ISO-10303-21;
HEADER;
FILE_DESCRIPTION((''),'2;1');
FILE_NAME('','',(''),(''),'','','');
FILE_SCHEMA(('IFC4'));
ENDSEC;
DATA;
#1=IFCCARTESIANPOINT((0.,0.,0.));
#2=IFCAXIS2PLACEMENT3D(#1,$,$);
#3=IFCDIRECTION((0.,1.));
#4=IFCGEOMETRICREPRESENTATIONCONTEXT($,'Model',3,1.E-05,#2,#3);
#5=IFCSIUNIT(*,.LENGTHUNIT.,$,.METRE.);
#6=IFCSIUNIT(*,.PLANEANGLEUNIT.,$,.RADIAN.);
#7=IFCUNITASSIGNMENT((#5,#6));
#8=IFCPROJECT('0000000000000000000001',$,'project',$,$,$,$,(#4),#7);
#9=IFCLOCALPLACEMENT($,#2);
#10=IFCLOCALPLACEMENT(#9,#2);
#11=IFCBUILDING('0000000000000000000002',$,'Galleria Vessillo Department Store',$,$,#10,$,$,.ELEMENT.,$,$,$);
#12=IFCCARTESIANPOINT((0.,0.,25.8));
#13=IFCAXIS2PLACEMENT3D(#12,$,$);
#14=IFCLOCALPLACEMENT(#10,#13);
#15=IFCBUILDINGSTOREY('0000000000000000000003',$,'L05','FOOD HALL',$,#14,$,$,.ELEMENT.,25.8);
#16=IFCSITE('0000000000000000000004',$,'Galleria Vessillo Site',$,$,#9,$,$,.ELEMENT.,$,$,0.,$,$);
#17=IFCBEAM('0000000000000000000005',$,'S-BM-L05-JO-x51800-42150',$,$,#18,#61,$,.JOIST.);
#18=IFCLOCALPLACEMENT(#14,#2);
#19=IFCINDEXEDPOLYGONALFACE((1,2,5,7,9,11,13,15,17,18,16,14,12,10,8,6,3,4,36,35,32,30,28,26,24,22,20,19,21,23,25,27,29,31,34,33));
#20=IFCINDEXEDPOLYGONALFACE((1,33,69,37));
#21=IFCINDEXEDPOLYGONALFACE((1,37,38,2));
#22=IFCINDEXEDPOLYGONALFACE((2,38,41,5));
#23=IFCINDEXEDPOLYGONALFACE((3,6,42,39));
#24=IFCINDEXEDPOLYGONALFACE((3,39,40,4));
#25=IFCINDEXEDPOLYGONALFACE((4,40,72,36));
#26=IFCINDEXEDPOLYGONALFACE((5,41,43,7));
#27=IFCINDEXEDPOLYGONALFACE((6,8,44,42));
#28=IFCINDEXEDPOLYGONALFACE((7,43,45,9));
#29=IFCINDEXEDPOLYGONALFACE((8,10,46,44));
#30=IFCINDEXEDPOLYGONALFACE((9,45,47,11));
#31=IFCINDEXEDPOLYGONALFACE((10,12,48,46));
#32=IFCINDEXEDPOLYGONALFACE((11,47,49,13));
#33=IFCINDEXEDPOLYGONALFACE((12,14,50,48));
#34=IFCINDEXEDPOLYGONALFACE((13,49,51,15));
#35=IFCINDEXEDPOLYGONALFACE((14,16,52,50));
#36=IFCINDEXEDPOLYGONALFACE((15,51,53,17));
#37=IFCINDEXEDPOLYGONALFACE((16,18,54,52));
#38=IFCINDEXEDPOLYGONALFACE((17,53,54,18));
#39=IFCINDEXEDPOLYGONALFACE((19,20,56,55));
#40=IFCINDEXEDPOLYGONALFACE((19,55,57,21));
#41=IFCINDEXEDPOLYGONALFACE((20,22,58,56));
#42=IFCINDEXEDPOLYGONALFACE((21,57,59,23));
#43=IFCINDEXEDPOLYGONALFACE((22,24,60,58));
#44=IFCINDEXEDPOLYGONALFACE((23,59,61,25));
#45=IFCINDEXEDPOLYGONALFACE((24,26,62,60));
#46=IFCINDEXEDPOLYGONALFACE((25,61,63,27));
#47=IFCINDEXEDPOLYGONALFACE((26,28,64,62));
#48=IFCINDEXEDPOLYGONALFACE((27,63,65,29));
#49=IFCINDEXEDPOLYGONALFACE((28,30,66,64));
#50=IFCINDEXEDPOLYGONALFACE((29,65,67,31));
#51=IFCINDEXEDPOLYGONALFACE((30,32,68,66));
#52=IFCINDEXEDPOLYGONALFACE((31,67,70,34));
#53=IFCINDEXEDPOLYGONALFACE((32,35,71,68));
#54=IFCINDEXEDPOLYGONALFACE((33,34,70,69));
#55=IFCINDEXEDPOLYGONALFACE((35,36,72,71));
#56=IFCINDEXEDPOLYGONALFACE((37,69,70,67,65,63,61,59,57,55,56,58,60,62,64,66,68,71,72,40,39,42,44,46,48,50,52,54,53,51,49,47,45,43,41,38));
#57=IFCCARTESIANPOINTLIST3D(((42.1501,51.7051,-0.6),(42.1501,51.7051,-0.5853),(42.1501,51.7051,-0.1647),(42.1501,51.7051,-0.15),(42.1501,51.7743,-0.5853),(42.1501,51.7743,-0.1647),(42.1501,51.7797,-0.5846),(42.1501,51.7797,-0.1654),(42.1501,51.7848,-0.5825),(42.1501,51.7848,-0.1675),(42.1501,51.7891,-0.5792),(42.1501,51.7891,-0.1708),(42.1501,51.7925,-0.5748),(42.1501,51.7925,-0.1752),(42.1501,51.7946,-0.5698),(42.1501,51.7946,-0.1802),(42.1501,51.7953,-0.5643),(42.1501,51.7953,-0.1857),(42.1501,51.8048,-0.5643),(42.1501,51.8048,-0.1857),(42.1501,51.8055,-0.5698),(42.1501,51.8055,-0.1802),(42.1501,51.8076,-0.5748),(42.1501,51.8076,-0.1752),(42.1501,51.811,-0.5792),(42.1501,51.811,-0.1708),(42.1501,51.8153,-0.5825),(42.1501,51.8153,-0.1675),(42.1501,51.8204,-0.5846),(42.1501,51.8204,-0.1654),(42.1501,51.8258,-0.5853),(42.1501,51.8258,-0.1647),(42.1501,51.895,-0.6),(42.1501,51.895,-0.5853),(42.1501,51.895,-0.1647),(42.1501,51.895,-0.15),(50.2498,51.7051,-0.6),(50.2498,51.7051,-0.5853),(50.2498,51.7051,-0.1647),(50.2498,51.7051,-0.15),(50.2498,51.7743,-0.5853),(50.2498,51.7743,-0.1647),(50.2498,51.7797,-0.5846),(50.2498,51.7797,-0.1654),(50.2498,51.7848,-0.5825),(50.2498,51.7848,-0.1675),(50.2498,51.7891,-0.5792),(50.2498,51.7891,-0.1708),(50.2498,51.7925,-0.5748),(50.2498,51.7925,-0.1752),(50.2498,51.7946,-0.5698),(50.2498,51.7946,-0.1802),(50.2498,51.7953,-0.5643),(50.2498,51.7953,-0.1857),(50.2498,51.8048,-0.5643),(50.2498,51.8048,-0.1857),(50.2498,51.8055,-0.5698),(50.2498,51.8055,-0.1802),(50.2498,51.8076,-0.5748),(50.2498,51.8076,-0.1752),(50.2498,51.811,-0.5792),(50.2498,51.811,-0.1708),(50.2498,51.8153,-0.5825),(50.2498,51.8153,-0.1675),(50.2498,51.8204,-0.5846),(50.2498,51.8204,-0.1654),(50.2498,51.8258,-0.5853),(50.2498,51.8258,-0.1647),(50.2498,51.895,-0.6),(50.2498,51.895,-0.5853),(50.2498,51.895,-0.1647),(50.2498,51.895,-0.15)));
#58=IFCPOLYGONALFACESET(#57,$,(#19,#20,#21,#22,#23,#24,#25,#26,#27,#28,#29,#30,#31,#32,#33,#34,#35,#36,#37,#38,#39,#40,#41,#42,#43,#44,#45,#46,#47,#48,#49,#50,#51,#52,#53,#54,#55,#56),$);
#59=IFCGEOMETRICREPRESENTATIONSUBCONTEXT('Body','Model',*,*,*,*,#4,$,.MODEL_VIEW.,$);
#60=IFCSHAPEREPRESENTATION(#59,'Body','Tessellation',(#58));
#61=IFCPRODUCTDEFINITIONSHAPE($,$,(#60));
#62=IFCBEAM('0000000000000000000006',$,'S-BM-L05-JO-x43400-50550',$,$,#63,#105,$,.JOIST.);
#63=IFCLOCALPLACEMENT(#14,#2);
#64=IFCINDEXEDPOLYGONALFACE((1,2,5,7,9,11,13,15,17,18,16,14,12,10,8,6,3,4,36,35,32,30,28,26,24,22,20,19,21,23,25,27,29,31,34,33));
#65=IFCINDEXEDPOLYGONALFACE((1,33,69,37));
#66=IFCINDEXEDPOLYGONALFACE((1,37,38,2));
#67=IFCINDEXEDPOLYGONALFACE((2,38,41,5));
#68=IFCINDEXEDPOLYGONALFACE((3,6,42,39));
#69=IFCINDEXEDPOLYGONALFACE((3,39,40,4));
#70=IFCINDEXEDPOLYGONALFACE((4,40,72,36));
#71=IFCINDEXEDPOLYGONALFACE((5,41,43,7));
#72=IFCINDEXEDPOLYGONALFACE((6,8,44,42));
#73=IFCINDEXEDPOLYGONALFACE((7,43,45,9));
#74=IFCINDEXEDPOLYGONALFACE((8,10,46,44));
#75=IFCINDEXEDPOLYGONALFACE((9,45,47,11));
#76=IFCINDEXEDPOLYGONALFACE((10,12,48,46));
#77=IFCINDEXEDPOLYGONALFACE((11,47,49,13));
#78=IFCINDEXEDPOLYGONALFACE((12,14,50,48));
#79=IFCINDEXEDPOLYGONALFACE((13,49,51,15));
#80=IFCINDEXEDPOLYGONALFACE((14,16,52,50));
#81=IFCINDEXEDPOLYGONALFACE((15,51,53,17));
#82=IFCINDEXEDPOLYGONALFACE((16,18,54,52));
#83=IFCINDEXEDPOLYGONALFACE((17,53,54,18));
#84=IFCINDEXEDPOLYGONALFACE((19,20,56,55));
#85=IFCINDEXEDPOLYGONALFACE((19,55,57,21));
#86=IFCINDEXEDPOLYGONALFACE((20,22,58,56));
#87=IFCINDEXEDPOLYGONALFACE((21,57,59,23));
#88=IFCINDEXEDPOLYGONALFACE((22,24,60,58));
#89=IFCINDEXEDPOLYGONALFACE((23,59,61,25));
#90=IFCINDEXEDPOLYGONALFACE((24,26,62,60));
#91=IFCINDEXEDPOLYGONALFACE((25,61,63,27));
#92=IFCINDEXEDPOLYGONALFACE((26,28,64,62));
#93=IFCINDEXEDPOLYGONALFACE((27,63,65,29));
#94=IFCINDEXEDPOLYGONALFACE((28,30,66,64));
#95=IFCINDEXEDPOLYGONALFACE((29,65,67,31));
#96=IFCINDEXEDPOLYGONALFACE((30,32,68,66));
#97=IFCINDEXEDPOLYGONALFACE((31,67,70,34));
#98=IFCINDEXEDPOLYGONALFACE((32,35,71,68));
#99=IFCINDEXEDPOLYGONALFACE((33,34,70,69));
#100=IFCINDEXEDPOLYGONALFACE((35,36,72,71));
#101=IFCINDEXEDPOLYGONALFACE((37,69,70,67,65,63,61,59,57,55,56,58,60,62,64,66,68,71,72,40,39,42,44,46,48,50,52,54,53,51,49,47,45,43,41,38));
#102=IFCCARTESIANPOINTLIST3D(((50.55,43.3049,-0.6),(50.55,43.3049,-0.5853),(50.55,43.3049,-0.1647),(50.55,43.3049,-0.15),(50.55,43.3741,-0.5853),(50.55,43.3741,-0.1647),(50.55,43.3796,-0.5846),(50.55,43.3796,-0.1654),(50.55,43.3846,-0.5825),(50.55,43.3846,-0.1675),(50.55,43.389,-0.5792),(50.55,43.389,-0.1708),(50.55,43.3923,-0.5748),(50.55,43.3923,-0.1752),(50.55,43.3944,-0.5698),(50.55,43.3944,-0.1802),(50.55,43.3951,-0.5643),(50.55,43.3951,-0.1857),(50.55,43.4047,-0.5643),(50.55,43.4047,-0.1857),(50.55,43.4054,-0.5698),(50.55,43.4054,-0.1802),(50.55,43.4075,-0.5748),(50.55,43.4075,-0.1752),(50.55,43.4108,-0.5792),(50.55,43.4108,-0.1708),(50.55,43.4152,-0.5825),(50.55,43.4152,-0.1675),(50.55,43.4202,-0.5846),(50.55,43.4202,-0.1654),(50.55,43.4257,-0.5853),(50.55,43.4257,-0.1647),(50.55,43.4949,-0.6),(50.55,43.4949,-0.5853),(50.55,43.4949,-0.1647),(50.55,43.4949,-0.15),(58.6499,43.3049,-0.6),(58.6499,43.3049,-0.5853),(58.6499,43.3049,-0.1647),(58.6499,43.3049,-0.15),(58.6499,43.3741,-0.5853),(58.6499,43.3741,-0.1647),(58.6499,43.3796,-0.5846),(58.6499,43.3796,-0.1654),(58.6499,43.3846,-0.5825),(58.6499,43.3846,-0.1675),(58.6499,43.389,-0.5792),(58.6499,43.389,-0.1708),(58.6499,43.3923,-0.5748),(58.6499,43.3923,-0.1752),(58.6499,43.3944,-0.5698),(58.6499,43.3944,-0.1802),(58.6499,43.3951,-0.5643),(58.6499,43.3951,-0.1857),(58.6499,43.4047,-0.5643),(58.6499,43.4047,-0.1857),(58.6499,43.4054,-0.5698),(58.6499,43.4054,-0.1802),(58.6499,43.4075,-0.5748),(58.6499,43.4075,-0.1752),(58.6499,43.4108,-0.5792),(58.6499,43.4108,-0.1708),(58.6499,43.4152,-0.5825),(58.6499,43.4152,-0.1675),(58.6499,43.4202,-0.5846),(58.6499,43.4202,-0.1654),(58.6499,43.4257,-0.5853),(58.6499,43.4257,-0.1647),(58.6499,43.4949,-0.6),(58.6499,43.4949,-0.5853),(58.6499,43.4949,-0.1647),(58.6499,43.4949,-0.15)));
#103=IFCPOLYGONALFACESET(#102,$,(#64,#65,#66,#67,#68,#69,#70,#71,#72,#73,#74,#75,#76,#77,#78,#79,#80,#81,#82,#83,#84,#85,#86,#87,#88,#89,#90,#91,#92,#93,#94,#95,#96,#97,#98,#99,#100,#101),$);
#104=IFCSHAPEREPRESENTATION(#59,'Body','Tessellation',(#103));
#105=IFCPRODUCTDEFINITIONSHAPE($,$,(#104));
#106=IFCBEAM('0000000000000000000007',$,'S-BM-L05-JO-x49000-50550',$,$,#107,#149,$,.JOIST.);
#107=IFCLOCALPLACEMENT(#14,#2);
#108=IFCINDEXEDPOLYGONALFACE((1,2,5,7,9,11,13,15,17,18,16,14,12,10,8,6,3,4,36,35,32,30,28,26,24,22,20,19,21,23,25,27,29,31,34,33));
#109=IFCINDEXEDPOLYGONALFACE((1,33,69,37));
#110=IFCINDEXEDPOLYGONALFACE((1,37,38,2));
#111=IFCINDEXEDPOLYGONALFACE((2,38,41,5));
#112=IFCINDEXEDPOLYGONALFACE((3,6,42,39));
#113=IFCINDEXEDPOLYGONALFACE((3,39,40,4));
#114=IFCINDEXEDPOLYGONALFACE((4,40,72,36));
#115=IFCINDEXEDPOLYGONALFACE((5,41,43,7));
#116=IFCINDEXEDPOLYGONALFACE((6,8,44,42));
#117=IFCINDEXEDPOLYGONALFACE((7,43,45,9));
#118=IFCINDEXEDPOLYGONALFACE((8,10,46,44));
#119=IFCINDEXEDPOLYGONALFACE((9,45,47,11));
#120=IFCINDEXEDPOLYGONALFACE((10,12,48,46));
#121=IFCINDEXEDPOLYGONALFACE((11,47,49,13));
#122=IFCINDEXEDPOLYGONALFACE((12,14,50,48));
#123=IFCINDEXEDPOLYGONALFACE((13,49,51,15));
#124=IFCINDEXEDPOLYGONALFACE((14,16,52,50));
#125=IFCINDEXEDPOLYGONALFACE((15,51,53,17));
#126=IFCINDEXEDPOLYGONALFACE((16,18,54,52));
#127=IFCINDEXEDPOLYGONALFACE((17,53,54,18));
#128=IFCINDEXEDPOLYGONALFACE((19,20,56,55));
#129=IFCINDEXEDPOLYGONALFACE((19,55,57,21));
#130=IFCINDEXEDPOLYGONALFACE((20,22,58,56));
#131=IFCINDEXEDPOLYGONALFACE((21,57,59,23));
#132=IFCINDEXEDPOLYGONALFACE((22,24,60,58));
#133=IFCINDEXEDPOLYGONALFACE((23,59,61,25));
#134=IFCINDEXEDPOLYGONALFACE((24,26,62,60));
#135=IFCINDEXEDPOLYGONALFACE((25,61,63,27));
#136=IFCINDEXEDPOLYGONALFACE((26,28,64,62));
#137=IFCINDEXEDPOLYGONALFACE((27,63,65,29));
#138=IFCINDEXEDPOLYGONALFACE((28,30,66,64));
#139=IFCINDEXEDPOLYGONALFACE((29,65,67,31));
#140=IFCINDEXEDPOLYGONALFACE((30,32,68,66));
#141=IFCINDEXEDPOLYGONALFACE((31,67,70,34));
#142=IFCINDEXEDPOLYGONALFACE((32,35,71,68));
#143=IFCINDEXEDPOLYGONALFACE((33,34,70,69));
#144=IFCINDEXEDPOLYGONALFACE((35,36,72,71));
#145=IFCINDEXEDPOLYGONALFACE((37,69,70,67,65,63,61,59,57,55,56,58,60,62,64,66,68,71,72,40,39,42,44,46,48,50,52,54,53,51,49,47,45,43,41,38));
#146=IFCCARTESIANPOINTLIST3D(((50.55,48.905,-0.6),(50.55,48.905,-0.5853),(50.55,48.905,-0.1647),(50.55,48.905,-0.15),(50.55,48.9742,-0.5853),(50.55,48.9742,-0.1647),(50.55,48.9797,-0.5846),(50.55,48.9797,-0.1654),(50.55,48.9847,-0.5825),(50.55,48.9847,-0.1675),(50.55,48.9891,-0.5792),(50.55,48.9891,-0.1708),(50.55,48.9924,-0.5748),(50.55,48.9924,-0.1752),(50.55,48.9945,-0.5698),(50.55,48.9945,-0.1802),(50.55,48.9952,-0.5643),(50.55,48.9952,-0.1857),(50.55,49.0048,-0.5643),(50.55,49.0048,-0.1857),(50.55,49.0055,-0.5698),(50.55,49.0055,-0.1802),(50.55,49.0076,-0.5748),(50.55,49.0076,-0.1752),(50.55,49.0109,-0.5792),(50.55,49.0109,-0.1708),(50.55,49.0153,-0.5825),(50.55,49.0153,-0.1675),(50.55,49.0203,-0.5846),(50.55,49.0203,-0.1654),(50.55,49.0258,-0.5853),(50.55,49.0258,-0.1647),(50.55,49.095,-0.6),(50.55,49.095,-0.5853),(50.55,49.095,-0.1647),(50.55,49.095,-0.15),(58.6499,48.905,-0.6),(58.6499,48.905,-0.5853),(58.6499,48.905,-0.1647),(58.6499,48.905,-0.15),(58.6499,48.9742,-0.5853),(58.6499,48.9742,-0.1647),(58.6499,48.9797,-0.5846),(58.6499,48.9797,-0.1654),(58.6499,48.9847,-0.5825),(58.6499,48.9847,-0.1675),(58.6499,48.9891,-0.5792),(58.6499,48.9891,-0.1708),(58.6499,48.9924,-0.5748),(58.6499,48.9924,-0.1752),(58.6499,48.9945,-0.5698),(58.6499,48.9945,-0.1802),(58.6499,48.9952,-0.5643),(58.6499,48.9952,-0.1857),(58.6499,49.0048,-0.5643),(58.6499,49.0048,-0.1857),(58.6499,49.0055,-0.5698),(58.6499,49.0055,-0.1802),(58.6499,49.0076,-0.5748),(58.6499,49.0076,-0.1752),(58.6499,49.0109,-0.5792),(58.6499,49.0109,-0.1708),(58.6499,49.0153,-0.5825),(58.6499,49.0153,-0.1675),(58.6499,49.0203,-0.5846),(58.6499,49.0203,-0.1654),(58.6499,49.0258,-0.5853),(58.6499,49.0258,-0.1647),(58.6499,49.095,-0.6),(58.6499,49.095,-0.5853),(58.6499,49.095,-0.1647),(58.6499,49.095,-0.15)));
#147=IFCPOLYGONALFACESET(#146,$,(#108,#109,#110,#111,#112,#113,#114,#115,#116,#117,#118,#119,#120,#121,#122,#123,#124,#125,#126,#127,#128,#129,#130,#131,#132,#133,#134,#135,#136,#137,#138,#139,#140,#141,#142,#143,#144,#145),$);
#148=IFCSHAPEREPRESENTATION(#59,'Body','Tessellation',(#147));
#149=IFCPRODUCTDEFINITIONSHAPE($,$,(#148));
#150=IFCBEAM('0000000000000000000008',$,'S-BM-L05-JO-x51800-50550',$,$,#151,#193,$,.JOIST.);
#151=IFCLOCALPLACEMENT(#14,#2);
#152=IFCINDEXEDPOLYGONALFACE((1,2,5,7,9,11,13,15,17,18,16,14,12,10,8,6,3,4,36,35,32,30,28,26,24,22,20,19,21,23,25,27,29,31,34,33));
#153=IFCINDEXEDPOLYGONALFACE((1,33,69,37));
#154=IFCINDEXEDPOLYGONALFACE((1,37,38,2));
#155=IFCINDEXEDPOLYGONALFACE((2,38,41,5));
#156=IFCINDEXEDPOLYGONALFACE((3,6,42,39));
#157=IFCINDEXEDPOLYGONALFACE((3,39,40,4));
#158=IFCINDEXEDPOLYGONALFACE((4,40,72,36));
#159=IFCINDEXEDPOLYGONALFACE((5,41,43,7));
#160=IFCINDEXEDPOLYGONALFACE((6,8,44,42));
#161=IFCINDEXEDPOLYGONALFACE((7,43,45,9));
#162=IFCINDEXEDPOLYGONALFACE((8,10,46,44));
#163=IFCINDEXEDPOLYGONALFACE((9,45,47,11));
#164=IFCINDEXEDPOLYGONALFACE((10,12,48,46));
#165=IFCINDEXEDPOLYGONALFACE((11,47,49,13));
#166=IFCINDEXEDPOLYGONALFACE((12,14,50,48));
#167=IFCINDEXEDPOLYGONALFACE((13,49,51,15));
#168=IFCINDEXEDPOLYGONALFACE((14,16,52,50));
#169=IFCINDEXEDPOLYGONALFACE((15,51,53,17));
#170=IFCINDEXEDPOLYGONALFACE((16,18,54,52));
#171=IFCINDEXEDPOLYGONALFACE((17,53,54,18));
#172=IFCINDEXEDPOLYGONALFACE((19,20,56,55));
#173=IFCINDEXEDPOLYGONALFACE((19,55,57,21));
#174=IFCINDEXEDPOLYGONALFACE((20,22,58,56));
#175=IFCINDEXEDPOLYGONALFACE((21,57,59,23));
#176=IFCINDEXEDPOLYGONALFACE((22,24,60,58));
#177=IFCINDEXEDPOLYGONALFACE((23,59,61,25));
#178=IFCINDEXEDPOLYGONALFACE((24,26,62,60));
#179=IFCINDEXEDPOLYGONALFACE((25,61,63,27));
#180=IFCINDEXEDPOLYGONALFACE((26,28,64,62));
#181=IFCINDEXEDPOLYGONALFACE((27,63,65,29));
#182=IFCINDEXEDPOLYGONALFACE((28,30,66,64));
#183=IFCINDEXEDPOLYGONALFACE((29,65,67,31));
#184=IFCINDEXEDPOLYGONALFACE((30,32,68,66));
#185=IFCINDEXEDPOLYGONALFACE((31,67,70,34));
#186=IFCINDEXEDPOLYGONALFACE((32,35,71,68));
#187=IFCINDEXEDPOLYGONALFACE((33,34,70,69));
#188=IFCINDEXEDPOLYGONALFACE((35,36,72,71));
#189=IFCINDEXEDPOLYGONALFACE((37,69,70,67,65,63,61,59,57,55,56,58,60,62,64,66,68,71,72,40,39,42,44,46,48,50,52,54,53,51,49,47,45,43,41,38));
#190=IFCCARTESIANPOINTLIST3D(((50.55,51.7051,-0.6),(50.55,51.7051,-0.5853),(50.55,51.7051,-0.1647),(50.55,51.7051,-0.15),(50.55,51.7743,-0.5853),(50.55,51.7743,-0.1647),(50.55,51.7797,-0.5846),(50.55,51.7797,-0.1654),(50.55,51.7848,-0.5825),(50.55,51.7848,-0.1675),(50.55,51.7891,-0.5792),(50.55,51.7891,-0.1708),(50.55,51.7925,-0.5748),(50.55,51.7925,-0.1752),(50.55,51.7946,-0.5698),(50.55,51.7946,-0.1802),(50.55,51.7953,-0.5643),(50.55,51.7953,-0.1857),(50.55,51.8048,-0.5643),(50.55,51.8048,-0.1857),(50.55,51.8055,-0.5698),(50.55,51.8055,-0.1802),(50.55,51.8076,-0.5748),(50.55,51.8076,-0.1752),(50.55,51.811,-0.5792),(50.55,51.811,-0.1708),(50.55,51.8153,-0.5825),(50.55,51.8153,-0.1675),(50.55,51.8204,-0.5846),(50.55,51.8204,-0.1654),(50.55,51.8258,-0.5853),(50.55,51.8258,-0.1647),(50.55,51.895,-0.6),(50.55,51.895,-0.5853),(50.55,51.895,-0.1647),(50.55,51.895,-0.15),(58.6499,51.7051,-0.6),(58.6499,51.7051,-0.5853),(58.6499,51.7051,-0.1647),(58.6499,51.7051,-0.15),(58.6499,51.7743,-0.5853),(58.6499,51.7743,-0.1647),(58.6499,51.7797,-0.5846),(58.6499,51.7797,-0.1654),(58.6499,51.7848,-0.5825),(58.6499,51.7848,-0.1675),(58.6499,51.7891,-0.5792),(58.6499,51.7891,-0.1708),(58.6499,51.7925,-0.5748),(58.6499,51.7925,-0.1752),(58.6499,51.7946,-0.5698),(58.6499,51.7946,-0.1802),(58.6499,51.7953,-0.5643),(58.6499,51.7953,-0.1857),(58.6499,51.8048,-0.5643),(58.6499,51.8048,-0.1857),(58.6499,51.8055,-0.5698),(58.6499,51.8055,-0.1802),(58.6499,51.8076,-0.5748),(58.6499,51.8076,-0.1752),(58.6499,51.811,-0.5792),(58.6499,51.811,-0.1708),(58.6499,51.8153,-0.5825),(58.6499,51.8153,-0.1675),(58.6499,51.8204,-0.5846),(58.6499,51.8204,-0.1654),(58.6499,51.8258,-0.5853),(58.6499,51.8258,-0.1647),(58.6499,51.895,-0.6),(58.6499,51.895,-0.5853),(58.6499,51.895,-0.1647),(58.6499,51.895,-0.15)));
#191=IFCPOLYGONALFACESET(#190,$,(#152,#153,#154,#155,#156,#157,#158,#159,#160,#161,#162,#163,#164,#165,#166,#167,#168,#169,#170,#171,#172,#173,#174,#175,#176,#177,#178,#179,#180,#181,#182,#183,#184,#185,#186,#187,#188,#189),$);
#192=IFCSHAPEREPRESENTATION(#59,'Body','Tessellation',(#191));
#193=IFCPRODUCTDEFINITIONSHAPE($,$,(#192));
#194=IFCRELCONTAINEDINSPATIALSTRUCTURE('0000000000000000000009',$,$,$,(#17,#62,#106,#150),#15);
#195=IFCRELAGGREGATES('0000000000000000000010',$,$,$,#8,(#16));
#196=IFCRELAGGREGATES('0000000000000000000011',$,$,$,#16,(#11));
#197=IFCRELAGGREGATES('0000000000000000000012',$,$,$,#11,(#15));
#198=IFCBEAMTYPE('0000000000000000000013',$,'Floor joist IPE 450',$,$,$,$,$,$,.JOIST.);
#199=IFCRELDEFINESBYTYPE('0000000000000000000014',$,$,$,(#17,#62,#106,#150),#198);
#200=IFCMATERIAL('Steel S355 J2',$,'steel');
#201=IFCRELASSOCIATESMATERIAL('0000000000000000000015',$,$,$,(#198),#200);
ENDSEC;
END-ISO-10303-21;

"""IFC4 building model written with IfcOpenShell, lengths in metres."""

from ifc_helpers import new_model, si_unit, direction, frame, origin, origin_2d, place, context, subcontext, project, spatial, i_section, extrude, material, material_profile, profile_set, type_object, element, save


model = new_model("IFC4")

# Units and contexts
model_context = context("Model", 3, precision=1e-05, world=origin(), true_north=direction((0.0, 1.0)))
body_context = subcontext(model_context, "Body", "Model", "MODEL_VIEW")
ifc_project = project(units=[si_unit("LENGTHUNIT", "METRE"), si_unit("PLANEANGLEUNIT", "RADIAN")], contexts=[model_context])

# Site, building, storey
site_placement = place(None, origin())
site = spatial("IfcSite", under=ifc_project, at=site_placement, Name="Galleria Vessillo Site", CompositionType="ELEMENT", RefElevation=0.0)
building_placement = place(site_placement, origin())
building = spatial("IfcBuilding", under=site, at=building_placement, Name="Galleria Vessillo Department Store", CompositionType="ELEMENT")
storey_placement = place(building_placement, frame((0.0, 0.0, 25.8)))
storey = spatial("IfcBuildingStorey", under=building, at=storey_placement, Name="L05", Description="FOOD HALL", CompositionType="ELEMENT", Elevation=25.8)

# Beams
ifc_material_1 = material(Name="Steel S355 J2", Category="steel")
ifc_material_profile_1 = material_profile(ifc_material_1, i_section(OverallWidth=0.1899, OverallDepth=0.45, WebThickness=0.0095, FlangeThickness=0.0146, FilletRadius=0.021, at=origin_2d()), Name="IPE 450")
ifc_profile_set_1 = profile_set([ifc_material_profile_1], Name="Steel S355 J2")
beam_type_1 = type_object("IfcBeamType", Name="Floor joist IPE 450", PredefinedType="JOIST", material=ifc_profile_set_1)
for number, where, z_axis, x_axis, name in (
    (1, (42.1501, 51.8, -0.375), (1.0, 0.0, 0.0), (0.0, 1.0, 0.0), "S-BM-L05-JO-x51800-42150"),
):
    element("IfcBeam", number, at=place(storey_placement, frame(where, z_axis=z_axis, x_axis=x_axis)), inside=storey, type_object=beam_type_1, Name=name, PredefinedType="JOIST", context=body_context, shape_type="SweptSolid", body=[
        extrude(i_section(OverallWidth=0.1899, OverallDepth=0.45, WebThickness=0.0095, FlangeThickness=0.0146, FilletRadius=0.021, at=origin_2d()), origin(), (0.0, 0.0, 1.0), 8.0996),
    ])
for number, where, z_axis, x_axis, name in (
    (2, (50.55, 43.3999, -0.375), (1.0, 0.0, 0.0), (0.0, 1.0, 0.0), "S-BM-L05-JO-x43400-50550"),
    (3, (50.55, 49.0, -0.375), (1.0, 0.0, 0.0), (0.0, 1.0, 0.0), "S-BM-L05-JO-x49000-50550"),
    (4, (50.55, 51.8, -0.375), (1.0, 0.0, 0.0), (0.0, 1.0, 0.0), "S-BM-L05-JO-x51800-50550"),
):
    element("IfcBeam", number, at=place(storey_placement, frame(where, z_axis=z_axis, x_axis=x_axis)), inside=storey, type_object=beam_type_1, Name=name, PredefinedType="JOIST", context=body_context, shape_type="SweptSolid", body=[
        extrude(i_section(OverallWidth=0.1899, OverallDepth=0.45, WebThickness=0.0095, FlangeThickness=0.0146, FilletRadius=0.021, at=origin_2d()), origin(), (0.0, 0.0, 1.0), 8.0999),
    ])

save(model, "model.ifc")
